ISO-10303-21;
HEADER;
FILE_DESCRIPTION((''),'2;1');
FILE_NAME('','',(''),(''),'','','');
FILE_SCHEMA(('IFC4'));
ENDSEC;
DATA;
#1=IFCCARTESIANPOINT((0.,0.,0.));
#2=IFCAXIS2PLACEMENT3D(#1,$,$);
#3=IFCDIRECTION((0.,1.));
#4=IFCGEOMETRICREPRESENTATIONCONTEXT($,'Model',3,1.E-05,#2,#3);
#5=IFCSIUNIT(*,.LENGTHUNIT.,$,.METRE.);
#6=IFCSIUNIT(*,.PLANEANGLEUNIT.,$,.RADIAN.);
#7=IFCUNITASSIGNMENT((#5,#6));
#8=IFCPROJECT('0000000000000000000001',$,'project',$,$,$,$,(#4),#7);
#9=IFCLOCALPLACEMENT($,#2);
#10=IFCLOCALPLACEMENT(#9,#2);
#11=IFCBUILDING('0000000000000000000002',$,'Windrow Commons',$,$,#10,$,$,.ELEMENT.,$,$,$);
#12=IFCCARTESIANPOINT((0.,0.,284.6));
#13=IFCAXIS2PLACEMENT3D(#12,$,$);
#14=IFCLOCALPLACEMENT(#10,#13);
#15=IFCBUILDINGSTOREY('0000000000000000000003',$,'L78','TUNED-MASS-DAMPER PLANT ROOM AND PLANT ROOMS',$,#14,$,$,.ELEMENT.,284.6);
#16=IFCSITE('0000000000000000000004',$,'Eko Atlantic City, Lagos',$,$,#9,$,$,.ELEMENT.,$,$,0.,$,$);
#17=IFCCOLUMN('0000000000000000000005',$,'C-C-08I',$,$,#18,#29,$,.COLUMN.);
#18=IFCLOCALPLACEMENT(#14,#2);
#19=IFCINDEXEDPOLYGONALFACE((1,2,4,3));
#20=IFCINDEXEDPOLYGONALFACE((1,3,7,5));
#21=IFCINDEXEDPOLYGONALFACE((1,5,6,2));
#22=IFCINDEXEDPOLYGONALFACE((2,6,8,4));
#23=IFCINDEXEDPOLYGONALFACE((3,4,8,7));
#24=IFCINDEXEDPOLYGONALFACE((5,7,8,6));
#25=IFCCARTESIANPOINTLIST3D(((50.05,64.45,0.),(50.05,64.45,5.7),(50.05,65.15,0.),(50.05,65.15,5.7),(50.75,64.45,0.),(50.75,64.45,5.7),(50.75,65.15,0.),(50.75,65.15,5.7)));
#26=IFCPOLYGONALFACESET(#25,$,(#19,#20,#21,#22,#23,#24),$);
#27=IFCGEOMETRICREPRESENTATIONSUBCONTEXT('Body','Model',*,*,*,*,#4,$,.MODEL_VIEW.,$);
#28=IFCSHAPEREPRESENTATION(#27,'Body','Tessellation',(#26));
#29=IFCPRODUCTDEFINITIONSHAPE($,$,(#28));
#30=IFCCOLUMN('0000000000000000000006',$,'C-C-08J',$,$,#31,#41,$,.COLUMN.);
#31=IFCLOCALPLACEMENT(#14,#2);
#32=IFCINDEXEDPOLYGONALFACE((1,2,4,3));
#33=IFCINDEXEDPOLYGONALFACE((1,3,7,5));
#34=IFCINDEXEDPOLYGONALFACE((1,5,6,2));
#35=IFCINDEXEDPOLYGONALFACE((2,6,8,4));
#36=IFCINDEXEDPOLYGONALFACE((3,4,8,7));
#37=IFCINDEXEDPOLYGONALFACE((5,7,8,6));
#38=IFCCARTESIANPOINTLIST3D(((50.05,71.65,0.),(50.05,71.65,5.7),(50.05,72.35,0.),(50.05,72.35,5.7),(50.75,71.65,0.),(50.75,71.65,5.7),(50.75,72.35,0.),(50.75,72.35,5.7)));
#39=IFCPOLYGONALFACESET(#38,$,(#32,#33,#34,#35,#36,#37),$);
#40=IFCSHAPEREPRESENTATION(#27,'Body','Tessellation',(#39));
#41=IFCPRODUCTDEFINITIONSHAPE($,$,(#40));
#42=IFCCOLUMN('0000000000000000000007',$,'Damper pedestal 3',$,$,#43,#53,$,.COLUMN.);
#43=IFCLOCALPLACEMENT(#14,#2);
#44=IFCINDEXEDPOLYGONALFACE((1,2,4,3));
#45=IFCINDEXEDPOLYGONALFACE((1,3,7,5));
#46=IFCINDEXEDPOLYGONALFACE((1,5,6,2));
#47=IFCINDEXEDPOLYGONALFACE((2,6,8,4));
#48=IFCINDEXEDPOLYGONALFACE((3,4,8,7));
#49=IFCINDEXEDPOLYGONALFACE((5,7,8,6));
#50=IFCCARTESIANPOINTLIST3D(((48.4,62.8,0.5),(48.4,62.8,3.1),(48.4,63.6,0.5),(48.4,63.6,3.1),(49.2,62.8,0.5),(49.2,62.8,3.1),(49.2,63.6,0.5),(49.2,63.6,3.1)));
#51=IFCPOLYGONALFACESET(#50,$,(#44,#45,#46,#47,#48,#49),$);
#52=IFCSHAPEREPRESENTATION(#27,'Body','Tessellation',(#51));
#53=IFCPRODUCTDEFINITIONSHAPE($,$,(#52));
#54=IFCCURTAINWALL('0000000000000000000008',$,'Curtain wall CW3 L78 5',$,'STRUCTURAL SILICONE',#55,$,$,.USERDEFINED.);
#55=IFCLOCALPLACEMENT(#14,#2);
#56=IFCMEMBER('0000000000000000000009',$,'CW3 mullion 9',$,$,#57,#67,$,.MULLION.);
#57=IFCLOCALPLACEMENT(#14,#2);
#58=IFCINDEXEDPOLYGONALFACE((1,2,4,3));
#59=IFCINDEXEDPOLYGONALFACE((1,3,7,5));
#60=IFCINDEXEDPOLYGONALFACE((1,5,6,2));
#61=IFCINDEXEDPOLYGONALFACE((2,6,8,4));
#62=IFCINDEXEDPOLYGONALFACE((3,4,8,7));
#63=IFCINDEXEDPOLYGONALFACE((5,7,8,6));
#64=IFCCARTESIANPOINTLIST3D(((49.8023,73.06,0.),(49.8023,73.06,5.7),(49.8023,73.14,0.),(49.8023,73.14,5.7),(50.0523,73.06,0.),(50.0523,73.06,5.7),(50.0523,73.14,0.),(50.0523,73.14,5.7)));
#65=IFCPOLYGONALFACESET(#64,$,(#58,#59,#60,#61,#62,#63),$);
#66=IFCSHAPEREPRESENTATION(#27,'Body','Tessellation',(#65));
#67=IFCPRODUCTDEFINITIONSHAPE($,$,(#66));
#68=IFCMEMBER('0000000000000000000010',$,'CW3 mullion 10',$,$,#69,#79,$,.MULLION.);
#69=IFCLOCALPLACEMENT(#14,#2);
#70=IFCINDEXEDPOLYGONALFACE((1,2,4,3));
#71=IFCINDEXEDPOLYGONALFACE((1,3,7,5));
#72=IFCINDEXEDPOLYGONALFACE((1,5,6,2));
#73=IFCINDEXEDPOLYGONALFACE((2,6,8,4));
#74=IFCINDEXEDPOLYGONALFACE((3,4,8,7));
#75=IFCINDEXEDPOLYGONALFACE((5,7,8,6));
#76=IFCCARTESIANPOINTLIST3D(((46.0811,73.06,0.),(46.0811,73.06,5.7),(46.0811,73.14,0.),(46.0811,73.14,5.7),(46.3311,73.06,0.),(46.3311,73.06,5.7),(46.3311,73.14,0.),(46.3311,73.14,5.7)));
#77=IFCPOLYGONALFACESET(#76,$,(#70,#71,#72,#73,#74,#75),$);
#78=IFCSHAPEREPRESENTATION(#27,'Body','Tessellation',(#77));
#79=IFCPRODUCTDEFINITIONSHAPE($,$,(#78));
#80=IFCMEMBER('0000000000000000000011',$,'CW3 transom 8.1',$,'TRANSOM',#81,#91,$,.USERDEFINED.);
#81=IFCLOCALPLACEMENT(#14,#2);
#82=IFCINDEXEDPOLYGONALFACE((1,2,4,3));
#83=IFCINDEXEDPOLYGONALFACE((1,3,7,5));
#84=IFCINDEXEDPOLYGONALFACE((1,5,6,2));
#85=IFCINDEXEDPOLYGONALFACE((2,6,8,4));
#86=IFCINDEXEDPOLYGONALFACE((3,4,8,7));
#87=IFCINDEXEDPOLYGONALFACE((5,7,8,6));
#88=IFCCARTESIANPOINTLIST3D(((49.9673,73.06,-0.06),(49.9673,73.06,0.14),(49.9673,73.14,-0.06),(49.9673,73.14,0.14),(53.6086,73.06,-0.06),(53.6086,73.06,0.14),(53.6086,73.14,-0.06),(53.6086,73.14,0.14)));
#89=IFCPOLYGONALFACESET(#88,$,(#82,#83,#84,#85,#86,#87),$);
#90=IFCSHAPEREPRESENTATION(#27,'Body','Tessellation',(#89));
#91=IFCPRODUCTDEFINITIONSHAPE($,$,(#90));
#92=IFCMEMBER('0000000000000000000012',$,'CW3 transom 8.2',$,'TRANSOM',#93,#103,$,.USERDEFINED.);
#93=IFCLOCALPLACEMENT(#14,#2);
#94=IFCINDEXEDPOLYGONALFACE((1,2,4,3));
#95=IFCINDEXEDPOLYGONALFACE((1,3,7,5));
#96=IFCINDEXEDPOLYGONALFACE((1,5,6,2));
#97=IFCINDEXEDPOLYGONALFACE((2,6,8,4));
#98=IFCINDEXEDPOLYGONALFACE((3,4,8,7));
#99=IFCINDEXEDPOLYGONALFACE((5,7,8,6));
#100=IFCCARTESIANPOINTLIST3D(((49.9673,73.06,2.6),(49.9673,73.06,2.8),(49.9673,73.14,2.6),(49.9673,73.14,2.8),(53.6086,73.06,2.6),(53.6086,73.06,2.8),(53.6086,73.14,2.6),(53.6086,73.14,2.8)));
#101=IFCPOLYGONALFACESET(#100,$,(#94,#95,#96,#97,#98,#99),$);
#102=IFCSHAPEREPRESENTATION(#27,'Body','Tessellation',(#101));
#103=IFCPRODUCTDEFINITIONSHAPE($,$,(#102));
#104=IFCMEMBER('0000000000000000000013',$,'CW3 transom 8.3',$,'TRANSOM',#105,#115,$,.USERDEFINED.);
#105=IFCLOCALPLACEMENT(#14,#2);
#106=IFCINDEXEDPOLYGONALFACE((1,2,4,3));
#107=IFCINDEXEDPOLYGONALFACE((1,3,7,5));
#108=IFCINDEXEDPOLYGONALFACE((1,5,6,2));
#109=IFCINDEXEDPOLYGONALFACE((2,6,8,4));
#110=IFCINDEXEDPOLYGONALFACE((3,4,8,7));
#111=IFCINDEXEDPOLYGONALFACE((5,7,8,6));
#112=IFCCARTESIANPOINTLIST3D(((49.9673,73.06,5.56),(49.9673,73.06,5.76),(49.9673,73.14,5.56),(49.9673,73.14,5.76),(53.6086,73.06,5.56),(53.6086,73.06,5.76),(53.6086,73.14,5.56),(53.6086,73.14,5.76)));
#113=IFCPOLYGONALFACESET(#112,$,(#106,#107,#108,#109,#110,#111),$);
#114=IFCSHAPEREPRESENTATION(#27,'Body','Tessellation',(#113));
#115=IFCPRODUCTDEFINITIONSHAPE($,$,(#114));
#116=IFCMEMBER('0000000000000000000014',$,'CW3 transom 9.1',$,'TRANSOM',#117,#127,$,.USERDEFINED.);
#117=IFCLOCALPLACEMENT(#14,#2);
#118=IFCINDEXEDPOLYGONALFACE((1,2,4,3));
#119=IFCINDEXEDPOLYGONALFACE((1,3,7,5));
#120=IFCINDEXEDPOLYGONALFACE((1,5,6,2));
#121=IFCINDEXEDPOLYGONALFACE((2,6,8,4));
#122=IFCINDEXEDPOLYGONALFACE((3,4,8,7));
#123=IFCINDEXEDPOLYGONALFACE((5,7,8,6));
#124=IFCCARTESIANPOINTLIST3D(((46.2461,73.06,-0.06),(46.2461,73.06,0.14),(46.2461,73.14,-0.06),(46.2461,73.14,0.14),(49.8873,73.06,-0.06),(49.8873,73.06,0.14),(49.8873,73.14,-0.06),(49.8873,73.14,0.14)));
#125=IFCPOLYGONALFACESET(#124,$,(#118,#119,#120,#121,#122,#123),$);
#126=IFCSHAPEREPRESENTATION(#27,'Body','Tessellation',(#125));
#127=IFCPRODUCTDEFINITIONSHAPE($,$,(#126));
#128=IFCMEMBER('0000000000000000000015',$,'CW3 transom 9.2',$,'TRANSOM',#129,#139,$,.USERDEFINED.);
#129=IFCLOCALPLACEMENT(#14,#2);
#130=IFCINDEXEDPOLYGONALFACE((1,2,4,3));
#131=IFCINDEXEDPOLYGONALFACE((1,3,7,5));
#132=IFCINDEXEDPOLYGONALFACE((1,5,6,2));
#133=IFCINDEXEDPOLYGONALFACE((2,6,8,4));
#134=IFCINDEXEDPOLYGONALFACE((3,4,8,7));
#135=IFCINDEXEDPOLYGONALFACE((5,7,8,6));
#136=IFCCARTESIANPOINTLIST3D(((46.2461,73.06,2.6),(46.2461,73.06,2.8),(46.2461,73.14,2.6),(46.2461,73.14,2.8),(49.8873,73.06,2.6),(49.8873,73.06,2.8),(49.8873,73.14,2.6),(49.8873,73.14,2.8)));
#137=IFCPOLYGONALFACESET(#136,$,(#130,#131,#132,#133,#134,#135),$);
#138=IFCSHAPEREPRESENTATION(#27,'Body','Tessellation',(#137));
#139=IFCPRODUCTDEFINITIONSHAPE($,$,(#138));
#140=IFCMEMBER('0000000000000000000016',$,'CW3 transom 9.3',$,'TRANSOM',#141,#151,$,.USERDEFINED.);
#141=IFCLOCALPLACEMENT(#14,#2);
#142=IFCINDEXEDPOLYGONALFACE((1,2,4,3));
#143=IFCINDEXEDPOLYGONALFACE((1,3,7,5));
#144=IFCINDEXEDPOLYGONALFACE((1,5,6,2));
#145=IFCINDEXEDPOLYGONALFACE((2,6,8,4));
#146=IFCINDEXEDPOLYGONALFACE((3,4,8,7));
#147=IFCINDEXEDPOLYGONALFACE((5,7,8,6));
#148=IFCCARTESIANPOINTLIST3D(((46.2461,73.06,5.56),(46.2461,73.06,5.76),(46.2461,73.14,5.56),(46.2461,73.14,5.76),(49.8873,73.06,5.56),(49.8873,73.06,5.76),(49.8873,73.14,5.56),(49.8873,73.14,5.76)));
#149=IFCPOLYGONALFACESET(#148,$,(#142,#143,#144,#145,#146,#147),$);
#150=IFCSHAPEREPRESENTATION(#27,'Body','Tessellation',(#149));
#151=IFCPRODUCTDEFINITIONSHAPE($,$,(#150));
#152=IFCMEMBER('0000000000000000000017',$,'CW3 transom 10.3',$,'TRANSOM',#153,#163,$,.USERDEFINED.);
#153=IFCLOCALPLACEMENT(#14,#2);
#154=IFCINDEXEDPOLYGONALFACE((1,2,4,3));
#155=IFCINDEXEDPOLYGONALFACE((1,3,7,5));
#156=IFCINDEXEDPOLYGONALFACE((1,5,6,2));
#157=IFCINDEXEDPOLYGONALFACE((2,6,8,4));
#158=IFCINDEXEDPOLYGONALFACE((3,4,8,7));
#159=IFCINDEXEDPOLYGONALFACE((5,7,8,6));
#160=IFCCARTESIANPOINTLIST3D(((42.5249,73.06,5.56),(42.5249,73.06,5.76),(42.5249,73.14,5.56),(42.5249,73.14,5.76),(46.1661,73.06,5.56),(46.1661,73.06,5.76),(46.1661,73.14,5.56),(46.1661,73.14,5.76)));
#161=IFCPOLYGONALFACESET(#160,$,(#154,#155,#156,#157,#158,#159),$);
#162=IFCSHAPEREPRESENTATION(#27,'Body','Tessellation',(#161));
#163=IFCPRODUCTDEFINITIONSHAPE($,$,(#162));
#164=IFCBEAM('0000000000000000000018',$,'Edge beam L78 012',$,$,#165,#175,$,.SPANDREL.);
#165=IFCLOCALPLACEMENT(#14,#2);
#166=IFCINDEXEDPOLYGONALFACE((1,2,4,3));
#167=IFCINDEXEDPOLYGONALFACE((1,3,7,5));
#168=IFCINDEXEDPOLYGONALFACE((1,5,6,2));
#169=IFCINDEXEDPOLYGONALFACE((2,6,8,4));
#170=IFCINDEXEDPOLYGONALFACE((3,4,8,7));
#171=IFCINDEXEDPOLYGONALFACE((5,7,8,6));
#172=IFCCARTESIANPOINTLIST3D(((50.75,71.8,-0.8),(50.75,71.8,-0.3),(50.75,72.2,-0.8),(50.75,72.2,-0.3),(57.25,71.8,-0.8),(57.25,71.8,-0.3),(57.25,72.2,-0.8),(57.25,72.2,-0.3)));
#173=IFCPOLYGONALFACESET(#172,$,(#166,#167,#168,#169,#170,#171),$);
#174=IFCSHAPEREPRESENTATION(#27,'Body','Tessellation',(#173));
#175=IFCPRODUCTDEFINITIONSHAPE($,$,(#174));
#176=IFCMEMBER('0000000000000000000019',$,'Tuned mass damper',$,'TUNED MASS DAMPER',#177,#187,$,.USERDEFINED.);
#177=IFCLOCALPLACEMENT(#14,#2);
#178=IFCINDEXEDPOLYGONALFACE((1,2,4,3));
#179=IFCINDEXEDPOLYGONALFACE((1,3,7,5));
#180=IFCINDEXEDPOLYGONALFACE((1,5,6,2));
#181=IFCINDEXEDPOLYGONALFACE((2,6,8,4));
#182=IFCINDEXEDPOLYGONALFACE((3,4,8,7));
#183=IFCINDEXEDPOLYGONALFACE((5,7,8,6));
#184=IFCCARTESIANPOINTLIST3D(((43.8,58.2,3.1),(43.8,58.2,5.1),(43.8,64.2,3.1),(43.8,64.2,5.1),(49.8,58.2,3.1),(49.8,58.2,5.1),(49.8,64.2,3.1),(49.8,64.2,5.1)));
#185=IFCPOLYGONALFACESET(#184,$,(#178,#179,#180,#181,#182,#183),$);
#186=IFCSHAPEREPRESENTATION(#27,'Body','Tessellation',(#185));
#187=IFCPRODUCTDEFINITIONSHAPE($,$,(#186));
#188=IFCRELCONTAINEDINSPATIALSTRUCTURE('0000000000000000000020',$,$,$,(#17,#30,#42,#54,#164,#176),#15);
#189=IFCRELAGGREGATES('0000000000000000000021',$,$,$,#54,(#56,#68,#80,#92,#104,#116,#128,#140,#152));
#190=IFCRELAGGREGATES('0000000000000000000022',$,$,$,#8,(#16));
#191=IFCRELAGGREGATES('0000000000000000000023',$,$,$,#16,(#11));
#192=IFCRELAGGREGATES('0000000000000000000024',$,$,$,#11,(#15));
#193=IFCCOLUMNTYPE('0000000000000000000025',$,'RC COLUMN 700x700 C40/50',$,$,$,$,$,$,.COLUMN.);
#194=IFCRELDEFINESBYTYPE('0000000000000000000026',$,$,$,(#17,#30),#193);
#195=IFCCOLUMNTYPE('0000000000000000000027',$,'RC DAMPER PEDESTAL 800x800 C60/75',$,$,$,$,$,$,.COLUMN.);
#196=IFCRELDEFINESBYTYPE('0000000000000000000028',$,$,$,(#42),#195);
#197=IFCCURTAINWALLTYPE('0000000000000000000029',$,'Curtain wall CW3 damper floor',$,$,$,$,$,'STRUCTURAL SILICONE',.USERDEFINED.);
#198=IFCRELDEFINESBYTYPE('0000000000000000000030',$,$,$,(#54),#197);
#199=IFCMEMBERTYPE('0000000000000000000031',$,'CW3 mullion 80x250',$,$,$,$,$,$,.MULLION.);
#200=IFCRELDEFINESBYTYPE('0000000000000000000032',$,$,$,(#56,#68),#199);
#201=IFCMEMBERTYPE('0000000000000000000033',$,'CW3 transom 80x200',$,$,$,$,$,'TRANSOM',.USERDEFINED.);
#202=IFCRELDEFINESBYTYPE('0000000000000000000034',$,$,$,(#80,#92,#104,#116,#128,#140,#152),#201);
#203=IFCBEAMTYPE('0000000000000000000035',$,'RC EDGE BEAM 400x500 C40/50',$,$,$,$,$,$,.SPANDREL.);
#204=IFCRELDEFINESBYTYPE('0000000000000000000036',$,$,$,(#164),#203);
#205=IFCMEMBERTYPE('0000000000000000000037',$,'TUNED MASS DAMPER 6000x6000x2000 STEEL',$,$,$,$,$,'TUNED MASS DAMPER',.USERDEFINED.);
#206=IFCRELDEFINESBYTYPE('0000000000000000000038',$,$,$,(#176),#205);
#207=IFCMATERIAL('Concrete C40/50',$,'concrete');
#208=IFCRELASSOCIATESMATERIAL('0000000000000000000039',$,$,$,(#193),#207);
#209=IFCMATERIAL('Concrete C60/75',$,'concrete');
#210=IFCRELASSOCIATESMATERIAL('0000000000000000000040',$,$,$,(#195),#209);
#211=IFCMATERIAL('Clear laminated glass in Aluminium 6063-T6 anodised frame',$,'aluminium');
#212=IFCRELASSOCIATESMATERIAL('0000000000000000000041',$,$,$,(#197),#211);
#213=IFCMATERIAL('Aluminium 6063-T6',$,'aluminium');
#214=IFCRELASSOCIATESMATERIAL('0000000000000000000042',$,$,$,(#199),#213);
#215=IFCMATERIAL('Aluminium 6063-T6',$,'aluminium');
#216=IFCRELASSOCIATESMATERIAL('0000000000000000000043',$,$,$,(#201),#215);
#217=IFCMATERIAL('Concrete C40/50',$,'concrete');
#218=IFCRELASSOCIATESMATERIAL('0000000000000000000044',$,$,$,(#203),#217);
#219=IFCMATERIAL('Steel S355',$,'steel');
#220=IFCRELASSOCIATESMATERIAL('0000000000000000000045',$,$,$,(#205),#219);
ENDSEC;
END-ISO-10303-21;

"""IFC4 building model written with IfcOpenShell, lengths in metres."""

from ifc_helpers import new_model, si_unit, direction, frame, origin, origin_2d, place, context, subcontext, project, spatial, rectangle, extrude, material, material_profile, profile_set, type_object, element, aggregate, save


model = new_model("IFC4")

# Units and contexts
model_context = context("Model", 3, precision=1e-05, world=origin(), true_north=direction((0.0, 1.0)))
body_context = subcontext(model_context, "Body", "Model", "MODEL_VIEW")
ifc_project = project(units=[si_unit("LENGTHUNIT", "METRE"), si_unit("PLANEANGLEUNIT", "RADIAN")], contexts=[model_context])

# Site, building, storey
site_placement = place(None, origin())
site = spatial("IfcSite", under=ifc_project, at=site_placement, Name="Eko Atlantic City, Lagos", CompositionType="ELEMENT", RefElevation=0.0)
building_placement = place(site_placement, origin())
building = spatial("IfcBuilding", under=site, at=building_placement, Name="Windrow Commons", CompositionType="ELEMENT")
storey_placement = place(building_placement, frame((0.0, 0.0, 284.6)))
storey = spatial("IfcBuildingStorey", under=building, at=storey_placement, Name="L78", Description="TUNED-MASS-DAMPER PLANT ROOM AND PLANT ROOMS", CompositionType="ELEMENT", Elevation=284.6)

# Columns
ifc_material_1 = material(Name="Concrete C40/50", Category="concrete")
ifc_material_profile_1 = material_profile(ifc_material_1, rectangle(XDim=0.7, YDim=0.7, at=origin_2d()))
ifc_profile_set_1 = profile_set([ifc_material_profile_1], Name="Concrete C40/50")
column_type_1 = type_object("IfcColumnType", Name="RC COLUMN 700x700 C40/50", PredefinedType="COLUMN", material=ifc_profile_set_1)
for number, where, z_axis, x_axis, name in (
    (1, (50.4, 64.8, 0.0), (0.0, 0.0, 1.0), (1.0, 0.0, 0.0), "C-C-08I"),
    (2, (50.4, 72.0, 0.0), (0.0, 0.0, 1.0), (1.0, 0.0, 0.0), "C-C-08J"),
):
    element("IfcColumn", number, at=place(storey_placement, frame(where, z_axis=z_axis, x_axis=x_axis)), inside=storey, type_object=column_type_1, Name=name, PredefinedType="COLUMN", context=body_context, shape_type="SweptSolid", body=[
        extrude(rectangle(XDim=0.7, YDim=0.7, at=origin_2d()), origin(), (0.0, 0.0, 1.0), 5.7),
    ])
ifc_material_2 = material(Name="Concrete C60/75", Category="concrete")
ifc_material_profile_2 = material_profile(ifc_material_2, rectangle(XDim=0.8, YDim=0.8, at=origin_2d()))
ifc_profile_set_2 = profile_set([ifc_material_profile_2], Name="Concrete C60/75")
column_type_2 = type_object("IfcColumnType", Name="RC DAMPER PEDESTAL 800x800 C60/75", PredefinedType="COLUMN", material=ifc_profile_set_2)
column_placement = place(storey_placement, frame((48.8, 63.2, 0.5), z_axis=(0.0, 0.0, 1.0), x_axis=(1.0, 0.0, 0.0)))
element("IfcColumn", 3, at=column_placement, inside=storey, type_object=column_type_2, Name="Damper pedestal 3", PredefinedType="COLUMN", context=body_context, shape_type="SweptSolid", body=[
    extrude(rectangle(XDim=0.8, YDim=0.8, at=origin_2d()), origin(), (0.0, 0.0, 1.0), 2.6),
])

# Curtain wall, members
ifc_material_3 = material(Name="Clear laminated glass in Aluminium 6063-T6 anodised frame", Category="aluminium")
curtain_wall_type = type_object("IfcCurtainWallType", Name="Curtain wall CW3 damper floor", ElementType="STRUCTURAL SILICONE", PredefinedType="USERDEFINED", material=ifc_material_3)
curtain_wall_placement = place(storey_placement, origin())
curtain_wall = element("IfcCurtainWall", 4, at=curtain_wall_placement, inside=storey, type_object=curtain_wall_type, Name="Curtain wall CW3 L78 5", ObjectType="STRUCTURAL SILICONE", PredefinedType="USERDEFINED")
ifc_material_4 = material(Name="Aluminium 6063-T6", Category="aluminium")
ifc_material_profile_3 = material_profile(ifc_material_4, rectangle(XDim=0.08, YDim=0.25, at=origin_2d()))
ifc_profile_set_3 = profile_set([ifc_material_profile_3], Name="Aluminium 6063-T6")
member_type_1 = type_object("IfcMemberType", Name="CW3 mullion 80x250", PredefinedType="MULLION", material=ifc_profile_set_3)
member_1_placement = place(storey_placement, frame((49.9273, 73.1, 0.0), z_axis=(0.0, 0.0, 1.0), x_axis=(0.0, -1.0, 0.0)))
member_1 = element("IfcMember", 5, at=member_1_placement, type_object=member_type_1, Name="CW3 mullion 9", PredefinedType="MULLION", context=body_context, shape_type="SweptSolid", body=[
    extrude(rectangle(XDim=0.08, YDim=0.25, at=origin_2d()), origin(), (0.0, 0.0, 1.0), 5.7),
])
member_2_placement = place(storey_placement, frame((46.2061, 73.1, 0.0), z_axis=(0.0, 0.0, 1.0), x_axis=(0.0, -1.0, 0.0)))
member_2 = element("IfcMember", 6, at=member_2_placement, type_object=member_type_1, Name="CW3 mullion 10", PredefinedType="MULLION", context=body_context, shape_type="SweptSolid", body=[
    extrude(rectangle(XDim=0.08, YDim=0.25, at=origin_2d()), origin(), (0.0, 0.0, 1.0), 5.7),
])
ifc_material_5 = material(Name="Aluminium 6063-T6", Category="aluminium")
ifc_material_profile_4 = material_profile(ifc_material_5, rectangle(XDim=0.08, YDim=0.2, at=origin_2d()))
ifc_profile_set_4 = profile_set([ifc_material_profile_4], Name="Aluminium 6063-T6")
member_type_2 = type_object("IfcMemberType", Name="CW3 transom 80x200", ElementType="TRANSOM", PredefinedType="USERDEFINED", material=ifc_profile_set_4)
member_3_placement = place(storey_placement, frame((53.6086, 73.1, 0.04), z_axis=(-1.0, 0.0, 0.0), x_axis=(0.0, -1.0, 0.0)))
member_3 = element("IfcMember", 7, at=member_3_placement, type_object=member_type_2, Name="CW3 transom 8.1", ObjectType="TRANSOM", PredefinedType="USERDEFINED", context=body_context, shape_type="SweptSolid", body=[
    extrude(rectangle(XDim=0.08, YDim=0.2, at=origin_2d()), origin(), (0.0, 0.0, 1.0), 3.6413),
])
member_4_placement = place(storey_placement, frame((53.6086, 73.1, 2.7), z_axis=(-1.0, 0.0, 0.0), x_axis=(0.0, -1.0, 0.0)))
member_4 = element("IfcMember", 8, at=member_4_placement, type_object=member_type_2, Name="CW3 transom 8.2", ObjectType="TRANSOM", PredefinedType="USERDEFINED", context=body_context, shape_type="SweptSolid", body=[
    extrude(rectangle(XDim=0.08, YDim=0.2, at=origin_2d()), origin(), (0.0, 0.0, 1.0), 3.6413),
])
member_5_placement = place(storey_placement, frame((53.6086, 73.1, 5.66), z_axis=(-1.0, 0.0, 0.0), x_axis=(0.0, -1.0, 0.0)))
member_5 = element("IfcMember", 9, at=member_5_placement, type_object=member_type_2, Name="CW3 transom 8.3", ObjectType="TRANSOM", PredefinedType="USERDEFINED", context=body_context, shape_type="SweptSolid", body=[
    extrude(rectangle(XDim=0.08, YDim=0.2, at=origin_2d()), origin(), (0.0, 0.0, 1.0), 3.6413),
])
member_6_placement = place(storey_placement, frame((49.8873, 73.1, 0.04), z_axis=(-1.0, 0.0, 0.0), x_axis=(0.0, -1.0, 0.0)))
member_6 = element("IfcMember", 10, at=member_6_placement, type_object=member_type_2, Name="CW3 transom 9.1", ObjectType="TRANSOM", PredefinedType="USERDEFINED", context=body_context, shape_type="SweptSolid", body=[
    extrude(rectangle(XDim=0.08, YDim=0.2, at=origin_2d()), origin(), (0.0, 0.0, 1.0), 3.6412),
])
member_7_placement = place(storey_placement, frame((49.8873, 73.1, 2.7), z_axis=(-1.0, 0.0, 0.0), x_axis=(0.0, -1.0, 0.0)))
member_7 = element("IfcMember", 11, at=member_7_placement, type_object=member_type_2, Name="CW3 transom 9.2", ObjectType="TRANSOM", PredefinedType="USERDEFINED", context=body_context, shape_type="SweptSolid", body=[
    extrude(rectangle(XDim=0.08, YDim=0.2, at=origin_2d()), origin(), (0.0, 0.0, 1.0), 3.6412),
])
member_8_placement = place(storey_placement, frame((49.8873, 73.1, 5.66), z_axis=(-1.0, 0.0, 0.0), x_axis=(0.0, -1.0, 0.0)))
member_8 = element("IfcMember", 12, at=member_8_placement, type_object=member_type_2, Name="CW3 transom 9.3", ObjectType="TRANSOM", PredefinedType="USERDEFINED", context=body_context, shape_type="SweptSolid", body=[
    extrude(rectangle(XDim=0.08, YDim=0.2, at=origin_2d()), origin(), (0.0, 0.0, 1.0), 3.6412),
])
member_9_placement = place(storey_placement, frame((46.1661, 73.1, 5.66), z_axis=(-1.0, 0.0, 0.0), x_axis=(0.0, -1.0, 0.0)))
member_9 = element("IfcMember", 13, at=member_9_placement, type_object=member_type_2, Name="CW3 transom 10.3", ObjectType="TRANSOM", PredefinedType="USERDEFINED", context=body_context, shape_type="SweptSolid", body=[
    extrude(rectangle(XDim=0.08, YDim=0.2, at=origin_2d()), origin(), (0.0, 0.0, 1.0), 3.6412),
])

# Beam
ifc_material_6 = material(Name="Concrete C40/50", Category="concrete")
ifc_material_profile_5 = material_profile(ifc_material_6, rectangle(XDim=0.4, YDim=0.5, at=origin_2d()))
ifc_profile_set_5 = profile_set([ifc_material_profile_5], Name="Concrete C40/50")
beam_type = type_object("IfcBeamType", Name="RC EDGE BEAM 400x500 C40/50", PredefinedType="SPANDREL", material=ifc_profile_set_5)
beam_placement = place(storey_placement, frame((50.75, 72.0, -0.55), z_axis=(1.0, 0.0, 0.0), x_axis=(0.0, 1.0, 0.0)))
element("IfcBeam", 14, at=beam_placement, inside=storey, type_object=beam_type, Name="Edge beam L78 012", PredefinedType="SPANDREL", context=body_context, shape_type="SweptSolid", body=[
    extrude(rectangle(XDim=0.4, YDim=0.5, at=origin_2d()), origin(), (0.0, 0.0, 1.0), 6.5),
])

# Member
ifc_material_7 = material(Name="Steel S355", Category="steel")
member_type_3 = type_object("IfcMemberType", Name="TUNED MASS DAMPER 6000x6000x2000 STEEL", ElementType="TUNED MASS DAMPER", PredefinedType="USERDEFINED", material=ifc_material_7)
member_10_placement = place(storey_placement, frame((46.8, 61.2, 3.1), z_axis=(0.0, 0.0, 1.0), x_axis=(1.0, 0.0, 0.0)))
element("IfcMember", 15, at=member_10_placement, inside=storey, type_object=member_type_3, Name="Tuned mass damper", ObjectType="TUNED MASS DAMPER", PredefinedType="USERDEFINED", context=body_context, shape_type="SweptSolid", body=[
    extrude(rectangle(XDim=6.0, YDim=6.0, at=origin_2d()), origin(), (0.0, 0.0, 1.0), 2.0),
])

aggregate(curtain_wall, [member_1, member_2, member_3, member_4, member_5, member_6, member_7, member_8, member_9])

save(model, "model.ifc")
